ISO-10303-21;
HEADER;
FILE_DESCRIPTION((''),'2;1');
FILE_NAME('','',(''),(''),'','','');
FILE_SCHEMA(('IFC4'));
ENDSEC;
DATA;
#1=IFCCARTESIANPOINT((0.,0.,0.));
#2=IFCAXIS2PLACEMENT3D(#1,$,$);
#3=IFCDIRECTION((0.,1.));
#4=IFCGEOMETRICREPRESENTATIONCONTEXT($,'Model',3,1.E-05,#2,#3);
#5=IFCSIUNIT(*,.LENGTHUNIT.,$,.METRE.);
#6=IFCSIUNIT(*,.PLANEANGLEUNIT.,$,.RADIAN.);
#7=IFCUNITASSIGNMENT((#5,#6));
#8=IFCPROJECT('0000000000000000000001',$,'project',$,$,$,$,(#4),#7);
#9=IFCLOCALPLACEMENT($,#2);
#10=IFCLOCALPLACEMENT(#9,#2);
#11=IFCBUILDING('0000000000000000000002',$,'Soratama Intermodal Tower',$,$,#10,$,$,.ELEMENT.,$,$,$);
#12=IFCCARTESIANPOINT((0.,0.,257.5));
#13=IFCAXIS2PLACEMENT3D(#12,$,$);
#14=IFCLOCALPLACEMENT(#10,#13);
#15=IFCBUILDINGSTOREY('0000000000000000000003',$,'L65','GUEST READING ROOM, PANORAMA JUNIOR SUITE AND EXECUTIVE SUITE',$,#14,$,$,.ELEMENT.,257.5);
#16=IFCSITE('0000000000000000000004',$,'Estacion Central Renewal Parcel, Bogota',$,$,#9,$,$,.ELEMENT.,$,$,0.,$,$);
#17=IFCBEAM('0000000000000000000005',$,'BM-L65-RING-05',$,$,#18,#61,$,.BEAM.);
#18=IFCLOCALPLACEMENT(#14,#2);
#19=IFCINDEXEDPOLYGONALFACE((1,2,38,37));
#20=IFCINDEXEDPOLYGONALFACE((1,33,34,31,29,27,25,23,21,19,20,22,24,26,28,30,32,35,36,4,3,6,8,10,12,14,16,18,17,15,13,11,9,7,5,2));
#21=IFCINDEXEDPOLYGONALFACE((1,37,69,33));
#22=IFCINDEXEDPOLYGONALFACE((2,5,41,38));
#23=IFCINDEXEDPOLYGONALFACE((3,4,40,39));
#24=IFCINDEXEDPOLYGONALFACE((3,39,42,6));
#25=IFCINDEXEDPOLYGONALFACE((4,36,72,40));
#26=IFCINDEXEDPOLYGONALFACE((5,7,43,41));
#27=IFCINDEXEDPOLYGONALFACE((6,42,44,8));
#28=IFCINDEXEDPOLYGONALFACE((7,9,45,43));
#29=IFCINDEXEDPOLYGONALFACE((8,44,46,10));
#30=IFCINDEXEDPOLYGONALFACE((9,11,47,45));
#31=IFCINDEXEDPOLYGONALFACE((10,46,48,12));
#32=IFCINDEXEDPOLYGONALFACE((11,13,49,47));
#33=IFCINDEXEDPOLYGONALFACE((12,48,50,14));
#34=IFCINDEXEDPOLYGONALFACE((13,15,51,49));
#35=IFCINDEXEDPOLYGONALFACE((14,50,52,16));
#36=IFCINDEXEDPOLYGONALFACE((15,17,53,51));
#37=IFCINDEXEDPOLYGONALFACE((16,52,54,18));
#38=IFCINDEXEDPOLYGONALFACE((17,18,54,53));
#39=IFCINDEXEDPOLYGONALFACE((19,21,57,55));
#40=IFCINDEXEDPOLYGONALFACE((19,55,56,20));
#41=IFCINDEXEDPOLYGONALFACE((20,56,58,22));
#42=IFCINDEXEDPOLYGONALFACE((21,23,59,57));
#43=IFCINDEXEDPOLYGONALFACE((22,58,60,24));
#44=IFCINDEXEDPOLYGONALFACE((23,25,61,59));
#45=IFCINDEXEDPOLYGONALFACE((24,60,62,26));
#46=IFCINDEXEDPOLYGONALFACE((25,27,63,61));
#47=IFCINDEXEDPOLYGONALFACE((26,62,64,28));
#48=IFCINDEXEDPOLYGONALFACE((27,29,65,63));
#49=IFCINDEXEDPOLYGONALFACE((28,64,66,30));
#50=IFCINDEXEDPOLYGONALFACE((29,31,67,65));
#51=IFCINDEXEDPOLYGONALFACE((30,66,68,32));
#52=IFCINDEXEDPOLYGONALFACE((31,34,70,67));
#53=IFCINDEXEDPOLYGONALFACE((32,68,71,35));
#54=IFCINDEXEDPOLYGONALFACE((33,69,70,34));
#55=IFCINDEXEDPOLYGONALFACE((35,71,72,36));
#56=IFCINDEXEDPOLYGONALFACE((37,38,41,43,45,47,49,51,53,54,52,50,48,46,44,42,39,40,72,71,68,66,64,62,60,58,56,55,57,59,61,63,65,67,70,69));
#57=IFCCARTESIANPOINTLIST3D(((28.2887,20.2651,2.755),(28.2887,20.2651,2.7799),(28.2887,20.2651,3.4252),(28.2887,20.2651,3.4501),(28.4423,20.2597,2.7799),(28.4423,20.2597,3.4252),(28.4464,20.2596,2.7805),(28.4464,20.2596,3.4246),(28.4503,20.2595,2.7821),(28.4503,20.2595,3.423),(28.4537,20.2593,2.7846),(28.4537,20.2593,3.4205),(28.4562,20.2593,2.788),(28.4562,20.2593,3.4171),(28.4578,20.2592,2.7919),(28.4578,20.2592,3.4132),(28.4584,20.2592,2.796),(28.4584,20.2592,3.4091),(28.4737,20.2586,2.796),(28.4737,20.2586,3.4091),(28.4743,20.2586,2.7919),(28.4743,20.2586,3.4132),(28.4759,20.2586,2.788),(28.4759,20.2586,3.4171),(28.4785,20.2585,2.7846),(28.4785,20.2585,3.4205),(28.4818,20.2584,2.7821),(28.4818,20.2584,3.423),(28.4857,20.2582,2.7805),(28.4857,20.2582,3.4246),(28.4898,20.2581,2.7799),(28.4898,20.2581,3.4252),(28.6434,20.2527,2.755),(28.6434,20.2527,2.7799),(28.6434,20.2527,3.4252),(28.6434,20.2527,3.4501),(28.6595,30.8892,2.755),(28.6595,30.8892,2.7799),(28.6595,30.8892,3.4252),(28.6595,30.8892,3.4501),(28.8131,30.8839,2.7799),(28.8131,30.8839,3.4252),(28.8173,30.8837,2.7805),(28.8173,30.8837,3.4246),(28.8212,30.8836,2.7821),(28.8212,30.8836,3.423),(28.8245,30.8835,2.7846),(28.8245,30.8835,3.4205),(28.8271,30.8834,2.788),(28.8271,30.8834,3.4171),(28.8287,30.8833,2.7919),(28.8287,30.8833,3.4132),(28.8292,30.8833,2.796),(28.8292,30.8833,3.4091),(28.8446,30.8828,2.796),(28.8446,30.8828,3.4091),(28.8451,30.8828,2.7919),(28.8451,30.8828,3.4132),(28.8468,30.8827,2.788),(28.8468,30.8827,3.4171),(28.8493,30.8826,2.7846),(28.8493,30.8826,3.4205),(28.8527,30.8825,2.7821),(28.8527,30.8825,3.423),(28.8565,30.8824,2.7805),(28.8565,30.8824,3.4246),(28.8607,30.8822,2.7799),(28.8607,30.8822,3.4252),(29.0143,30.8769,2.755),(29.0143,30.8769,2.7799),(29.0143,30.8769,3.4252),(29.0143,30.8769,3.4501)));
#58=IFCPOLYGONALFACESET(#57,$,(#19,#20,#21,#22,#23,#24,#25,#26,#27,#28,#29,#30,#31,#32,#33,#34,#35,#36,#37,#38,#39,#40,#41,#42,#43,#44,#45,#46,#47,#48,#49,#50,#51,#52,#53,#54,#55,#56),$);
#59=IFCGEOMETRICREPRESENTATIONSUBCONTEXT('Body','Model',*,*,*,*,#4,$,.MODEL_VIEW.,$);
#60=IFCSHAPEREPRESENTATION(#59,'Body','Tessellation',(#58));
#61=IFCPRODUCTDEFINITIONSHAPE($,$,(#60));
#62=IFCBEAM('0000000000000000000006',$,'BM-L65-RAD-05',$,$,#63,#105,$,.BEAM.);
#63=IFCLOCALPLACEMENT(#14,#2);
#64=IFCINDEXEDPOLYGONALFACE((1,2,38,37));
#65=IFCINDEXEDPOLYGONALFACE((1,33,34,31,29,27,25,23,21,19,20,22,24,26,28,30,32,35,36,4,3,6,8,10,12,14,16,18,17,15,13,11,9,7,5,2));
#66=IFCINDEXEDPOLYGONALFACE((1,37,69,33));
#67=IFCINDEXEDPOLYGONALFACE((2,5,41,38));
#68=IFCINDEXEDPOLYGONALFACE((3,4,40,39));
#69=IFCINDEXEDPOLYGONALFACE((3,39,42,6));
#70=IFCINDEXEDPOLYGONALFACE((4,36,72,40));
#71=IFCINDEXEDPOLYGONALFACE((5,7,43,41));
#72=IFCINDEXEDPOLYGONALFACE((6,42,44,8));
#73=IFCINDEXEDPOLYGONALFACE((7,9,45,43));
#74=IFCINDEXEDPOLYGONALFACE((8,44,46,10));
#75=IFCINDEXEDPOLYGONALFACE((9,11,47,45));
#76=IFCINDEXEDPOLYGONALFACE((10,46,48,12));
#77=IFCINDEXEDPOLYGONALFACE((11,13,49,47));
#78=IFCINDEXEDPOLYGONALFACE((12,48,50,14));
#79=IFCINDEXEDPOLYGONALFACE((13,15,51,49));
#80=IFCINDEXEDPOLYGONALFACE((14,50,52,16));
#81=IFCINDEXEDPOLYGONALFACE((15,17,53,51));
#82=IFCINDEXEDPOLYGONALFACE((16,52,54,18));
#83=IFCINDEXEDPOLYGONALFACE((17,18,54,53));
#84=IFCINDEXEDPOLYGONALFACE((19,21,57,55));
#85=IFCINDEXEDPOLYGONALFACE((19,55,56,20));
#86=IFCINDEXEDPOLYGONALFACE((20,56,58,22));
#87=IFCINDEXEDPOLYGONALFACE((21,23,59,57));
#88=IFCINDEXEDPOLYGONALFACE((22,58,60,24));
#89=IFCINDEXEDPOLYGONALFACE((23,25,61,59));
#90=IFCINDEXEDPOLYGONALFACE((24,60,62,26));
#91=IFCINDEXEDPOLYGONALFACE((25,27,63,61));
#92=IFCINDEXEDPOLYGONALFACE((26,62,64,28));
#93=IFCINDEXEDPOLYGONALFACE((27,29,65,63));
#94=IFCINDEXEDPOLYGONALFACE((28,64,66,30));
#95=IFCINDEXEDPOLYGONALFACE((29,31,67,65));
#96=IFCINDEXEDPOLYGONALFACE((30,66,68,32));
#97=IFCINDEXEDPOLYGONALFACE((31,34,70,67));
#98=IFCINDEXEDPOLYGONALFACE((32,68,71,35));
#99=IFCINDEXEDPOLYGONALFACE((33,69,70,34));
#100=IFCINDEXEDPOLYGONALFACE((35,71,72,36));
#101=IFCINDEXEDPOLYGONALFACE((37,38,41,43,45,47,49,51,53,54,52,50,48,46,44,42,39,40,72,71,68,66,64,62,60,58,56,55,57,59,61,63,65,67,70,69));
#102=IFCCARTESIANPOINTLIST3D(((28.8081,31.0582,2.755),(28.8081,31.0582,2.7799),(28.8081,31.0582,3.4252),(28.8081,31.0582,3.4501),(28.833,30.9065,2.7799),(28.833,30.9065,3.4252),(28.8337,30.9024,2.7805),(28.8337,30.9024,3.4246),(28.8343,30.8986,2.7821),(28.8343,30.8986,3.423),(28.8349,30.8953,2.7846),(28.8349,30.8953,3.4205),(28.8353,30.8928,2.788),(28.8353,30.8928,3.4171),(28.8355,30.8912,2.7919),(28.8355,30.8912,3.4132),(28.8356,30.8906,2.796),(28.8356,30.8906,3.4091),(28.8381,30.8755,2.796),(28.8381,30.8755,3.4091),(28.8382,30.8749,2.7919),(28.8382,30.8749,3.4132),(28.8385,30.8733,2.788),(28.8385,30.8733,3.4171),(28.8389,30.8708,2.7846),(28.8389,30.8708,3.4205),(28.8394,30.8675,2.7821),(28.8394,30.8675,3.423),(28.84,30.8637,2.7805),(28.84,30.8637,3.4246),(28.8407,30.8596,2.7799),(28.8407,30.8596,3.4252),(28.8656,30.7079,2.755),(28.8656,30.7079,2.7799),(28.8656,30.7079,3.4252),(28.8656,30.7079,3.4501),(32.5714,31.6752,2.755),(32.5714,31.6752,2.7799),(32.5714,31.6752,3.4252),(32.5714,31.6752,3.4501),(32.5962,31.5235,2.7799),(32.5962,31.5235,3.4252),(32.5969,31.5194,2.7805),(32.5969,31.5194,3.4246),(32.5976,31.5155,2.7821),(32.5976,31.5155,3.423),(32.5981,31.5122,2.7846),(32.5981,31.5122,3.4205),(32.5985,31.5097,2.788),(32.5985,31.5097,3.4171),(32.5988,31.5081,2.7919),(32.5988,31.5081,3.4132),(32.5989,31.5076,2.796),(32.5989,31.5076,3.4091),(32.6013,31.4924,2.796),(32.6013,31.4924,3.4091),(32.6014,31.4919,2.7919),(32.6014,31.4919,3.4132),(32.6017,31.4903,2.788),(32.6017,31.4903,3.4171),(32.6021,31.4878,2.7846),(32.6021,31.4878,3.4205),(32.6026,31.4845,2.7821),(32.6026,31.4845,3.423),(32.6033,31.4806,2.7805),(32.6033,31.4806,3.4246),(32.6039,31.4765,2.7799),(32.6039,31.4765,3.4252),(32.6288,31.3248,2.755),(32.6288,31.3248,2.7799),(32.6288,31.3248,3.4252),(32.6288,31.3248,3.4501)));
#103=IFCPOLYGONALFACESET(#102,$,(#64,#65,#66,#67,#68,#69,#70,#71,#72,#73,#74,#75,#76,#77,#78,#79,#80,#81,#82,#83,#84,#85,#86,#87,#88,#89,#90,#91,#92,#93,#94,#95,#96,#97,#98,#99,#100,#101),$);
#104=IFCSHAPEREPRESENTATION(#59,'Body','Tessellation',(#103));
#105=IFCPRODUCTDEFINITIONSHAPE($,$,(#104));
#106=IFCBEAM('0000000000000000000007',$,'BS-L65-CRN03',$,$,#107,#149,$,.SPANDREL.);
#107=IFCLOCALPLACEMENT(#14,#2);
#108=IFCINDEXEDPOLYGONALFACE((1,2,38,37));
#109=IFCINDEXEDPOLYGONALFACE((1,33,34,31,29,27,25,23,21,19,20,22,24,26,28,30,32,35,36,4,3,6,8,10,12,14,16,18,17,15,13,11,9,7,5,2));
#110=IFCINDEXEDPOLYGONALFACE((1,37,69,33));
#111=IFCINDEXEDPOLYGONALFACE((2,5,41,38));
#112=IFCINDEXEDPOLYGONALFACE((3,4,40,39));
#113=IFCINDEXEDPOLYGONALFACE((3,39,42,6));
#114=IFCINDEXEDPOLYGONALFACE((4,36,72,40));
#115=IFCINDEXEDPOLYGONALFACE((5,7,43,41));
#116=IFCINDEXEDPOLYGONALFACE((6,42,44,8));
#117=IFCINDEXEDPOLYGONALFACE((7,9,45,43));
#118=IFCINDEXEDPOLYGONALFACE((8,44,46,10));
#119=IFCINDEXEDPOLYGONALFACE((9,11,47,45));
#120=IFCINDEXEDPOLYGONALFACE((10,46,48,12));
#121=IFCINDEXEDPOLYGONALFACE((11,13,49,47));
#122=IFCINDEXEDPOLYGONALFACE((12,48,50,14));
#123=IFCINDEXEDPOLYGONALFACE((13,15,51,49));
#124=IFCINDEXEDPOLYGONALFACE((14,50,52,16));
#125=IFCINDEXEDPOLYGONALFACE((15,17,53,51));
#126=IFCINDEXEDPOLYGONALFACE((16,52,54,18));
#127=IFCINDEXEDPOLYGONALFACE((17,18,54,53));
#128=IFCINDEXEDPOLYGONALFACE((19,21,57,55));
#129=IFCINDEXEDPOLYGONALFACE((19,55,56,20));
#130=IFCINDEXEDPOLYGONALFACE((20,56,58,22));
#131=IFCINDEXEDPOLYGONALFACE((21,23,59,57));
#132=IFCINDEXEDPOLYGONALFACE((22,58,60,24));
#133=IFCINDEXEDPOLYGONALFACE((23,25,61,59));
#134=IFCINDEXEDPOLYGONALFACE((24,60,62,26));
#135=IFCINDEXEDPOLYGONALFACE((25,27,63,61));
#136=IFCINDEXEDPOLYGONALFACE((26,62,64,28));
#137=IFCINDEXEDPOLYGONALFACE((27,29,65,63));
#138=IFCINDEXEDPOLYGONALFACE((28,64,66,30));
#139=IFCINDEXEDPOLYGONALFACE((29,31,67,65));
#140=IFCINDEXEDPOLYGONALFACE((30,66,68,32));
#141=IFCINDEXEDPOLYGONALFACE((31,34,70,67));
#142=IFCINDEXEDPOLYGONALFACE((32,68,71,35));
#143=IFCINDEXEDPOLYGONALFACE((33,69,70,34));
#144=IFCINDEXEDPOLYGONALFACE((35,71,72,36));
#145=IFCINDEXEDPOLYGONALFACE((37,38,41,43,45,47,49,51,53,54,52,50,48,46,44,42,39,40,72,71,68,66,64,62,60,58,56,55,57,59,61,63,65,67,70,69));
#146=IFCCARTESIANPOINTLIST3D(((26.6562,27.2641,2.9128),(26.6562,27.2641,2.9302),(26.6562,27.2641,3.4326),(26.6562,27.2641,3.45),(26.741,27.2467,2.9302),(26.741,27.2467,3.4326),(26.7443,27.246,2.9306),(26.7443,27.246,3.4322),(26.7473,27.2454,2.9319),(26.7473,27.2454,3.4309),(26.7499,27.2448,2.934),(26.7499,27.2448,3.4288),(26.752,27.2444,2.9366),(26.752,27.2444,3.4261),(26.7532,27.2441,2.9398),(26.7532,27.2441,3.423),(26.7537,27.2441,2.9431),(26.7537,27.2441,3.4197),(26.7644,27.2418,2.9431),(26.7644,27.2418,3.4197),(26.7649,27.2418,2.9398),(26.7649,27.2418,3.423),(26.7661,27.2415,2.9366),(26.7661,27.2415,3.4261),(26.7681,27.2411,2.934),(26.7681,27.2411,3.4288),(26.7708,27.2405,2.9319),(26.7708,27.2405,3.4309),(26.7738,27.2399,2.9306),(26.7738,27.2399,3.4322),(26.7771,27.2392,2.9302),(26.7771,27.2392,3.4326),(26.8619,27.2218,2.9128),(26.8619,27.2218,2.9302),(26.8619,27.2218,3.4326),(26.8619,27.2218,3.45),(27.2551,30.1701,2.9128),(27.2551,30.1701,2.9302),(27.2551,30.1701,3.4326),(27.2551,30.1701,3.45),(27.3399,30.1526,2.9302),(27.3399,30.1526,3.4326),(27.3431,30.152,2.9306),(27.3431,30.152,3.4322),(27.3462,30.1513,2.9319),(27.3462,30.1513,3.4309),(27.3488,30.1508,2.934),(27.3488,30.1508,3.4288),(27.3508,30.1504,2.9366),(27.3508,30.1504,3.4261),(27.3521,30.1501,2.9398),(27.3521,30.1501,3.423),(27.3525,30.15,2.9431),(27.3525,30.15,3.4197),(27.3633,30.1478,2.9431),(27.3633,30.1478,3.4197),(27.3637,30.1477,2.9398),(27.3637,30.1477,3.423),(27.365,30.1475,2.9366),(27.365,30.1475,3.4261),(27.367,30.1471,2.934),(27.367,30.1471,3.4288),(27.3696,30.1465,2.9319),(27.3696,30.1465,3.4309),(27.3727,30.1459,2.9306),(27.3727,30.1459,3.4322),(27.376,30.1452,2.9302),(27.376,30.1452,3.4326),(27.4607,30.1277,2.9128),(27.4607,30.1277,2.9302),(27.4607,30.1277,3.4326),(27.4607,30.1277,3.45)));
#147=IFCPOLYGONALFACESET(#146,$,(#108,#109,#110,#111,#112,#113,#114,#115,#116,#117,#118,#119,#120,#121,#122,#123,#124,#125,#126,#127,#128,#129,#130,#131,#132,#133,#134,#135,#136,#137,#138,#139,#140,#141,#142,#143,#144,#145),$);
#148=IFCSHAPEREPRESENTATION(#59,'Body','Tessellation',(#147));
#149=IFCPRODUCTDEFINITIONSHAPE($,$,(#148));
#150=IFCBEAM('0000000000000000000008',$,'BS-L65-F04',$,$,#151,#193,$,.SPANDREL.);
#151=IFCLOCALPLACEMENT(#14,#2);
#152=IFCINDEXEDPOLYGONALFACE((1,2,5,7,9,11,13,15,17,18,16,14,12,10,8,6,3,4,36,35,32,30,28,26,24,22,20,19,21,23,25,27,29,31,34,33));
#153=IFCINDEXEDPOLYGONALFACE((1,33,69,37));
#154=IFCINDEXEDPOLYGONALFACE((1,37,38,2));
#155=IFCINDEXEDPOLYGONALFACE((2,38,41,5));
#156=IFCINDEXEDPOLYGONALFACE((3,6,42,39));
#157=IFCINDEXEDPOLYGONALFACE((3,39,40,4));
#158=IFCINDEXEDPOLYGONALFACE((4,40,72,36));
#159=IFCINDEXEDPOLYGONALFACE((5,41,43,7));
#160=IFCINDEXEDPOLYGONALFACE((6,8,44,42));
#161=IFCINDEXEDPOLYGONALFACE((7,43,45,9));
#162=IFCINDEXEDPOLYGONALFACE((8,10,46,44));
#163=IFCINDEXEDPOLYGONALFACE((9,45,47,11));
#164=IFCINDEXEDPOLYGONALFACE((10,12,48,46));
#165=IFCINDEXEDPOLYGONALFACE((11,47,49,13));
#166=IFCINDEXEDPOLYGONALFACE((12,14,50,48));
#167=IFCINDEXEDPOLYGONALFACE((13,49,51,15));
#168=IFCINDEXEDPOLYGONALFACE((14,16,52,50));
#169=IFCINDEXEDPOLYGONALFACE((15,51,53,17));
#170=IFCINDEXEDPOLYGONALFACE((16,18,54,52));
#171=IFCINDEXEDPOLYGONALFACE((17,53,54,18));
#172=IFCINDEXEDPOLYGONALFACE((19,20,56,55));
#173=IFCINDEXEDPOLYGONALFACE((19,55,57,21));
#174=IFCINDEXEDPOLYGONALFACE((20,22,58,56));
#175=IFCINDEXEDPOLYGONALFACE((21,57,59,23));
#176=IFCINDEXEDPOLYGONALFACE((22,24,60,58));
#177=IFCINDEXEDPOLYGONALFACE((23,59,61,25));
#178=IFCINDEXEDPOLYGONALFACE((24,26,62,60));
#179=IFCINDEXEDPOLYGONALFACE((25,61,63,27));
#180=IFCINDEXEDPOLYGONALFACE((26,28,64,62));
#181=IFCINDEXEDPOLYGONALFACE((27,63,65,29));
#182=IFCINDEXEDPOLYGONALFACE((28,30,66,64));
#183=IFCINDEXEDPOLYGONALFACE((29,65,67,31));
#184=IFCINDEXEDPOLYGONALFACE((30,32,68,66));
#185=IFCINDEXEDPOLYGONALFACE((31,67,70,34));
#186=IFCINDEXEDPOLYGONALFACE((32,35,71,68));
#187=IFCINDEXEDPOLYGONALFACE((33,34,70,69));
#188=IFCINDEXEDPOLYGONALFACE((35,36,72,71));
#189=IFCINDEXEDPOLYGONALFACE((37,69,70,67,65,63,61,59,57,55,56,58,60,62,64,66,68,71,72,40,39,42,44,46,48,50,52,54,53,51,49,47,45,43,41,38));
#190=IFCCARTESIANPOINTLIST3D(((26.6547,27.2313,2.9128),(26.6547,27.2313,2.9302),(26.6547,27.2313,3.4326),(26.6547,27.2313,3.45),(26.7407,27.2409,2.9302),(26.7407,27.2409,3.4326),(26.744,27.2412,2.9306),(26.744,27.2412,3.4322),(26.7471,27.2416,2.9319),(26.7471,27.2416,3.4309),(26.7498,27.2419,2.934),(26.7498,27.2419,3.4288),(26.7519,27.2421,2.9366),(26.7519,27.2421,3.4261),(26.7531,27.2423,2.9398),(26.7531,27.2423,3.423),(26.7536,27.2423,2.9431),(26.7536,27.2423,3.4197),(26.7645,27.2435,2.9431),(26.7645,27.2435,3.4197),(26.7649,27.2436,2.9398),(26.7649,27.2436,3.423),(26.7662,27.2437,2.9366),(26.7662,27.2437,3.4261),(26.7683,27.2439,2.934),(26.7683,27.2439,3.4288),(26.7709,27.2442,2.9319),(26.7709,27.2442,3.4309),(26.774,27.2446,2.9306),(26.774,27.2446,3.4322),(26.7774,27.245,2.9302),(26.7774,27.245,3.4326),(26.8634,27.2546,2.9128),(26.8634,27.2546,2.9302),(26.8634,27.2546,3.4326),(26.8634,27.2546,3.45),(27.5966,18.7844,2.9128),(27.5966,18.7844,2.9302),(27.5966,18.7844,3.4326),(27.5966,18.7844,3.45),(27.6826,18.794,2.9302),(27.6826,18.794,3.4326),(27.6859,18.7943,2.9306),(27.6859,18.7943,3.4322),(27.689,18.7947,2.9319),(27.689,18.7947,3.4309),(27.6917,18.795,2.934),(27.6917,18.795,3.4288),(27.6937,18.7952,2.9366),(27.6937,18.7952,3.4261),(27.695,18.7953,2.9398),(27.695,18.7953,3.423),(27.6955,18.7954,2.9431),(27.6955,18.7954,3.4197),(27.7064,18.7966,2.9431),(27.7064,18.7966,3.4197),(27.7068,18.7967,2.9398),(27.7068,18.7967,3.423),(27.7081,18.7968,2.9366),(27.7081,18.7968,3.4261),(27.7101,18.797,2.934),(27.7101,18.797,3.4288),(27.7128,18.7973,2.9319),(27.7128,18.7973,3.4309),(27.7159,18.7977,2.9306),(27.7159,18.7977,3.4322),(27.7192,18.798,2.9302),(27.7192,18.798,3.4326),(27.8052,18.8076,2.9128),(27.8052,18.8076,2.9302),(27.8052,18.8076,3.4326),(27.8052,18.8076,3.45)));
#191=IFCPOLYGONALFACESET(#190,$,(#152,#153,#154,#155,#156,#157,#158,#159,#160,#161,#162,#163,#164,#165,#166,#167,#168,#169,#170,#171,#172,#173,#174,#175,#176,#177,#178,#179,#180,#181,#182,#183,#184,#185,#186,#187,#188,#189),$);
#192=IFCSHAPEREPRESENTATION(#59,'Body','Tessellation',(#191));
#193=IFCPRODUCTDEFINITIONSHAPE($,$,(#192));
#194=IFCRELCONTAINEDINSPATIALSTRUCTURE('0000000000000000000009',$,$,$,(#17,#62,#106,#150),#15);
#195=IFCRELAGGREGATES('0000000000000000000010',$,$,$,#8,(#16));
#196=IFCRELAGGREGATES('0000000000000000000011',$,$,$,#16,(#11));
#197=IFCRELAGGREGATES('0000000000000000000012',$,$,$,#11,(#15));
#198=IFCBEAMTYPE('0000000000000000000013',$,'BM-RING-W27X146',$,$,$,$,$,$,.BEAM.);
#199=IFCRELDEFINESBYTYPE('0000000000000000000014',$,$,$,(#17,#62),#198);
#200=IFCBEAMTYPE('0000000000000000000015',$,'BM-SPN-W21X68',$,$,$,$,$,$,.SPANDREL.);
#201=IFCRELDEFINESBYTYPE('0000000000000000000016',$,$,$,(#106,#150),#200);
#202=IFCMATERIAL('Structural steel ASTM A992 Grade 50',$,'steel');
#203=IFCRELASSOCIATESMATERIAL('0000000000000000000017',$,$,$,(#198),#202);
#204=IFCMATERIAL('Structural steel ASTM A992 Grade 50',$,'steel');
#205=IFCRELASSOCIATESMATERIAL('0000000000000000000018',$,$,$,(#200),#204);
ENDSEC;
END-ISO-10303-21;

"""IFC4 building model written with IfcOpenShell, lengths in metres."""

from ifc_helpers import new_model, si_unit, direction, frame, origin, origin_2d, place, context, subcontext, project, spatial, i_section, extrude, material, material_profile, profile_set, type_object, element, save


model = new_model("IFC4")

# Units and contexts
model_context = context("Model", 3, precision=1e-05, world=origin(), true_north=direction((0.0, 1.0)))
body_context = subcontext(model_context, "Body", "Model", "MODEL_VIEW")
ifc_project = project(units=[si_unit("LENGTHUNIT", "METRE"), si_unit("PLANEANGLEUNIT", "RADIAN")], contexts=[model_context])

# Site, building, storey
site_placement = place(None, origin())
site = spatial("IfcSite", under=ifc_project, at=site_placement, Name="Estacion Central Renewal Parcel, Bogota", CompositionType="ELEMENT", RefElevation=0.0)
building_placement = place(site_placement, origin())
building = spatial("IfcBuilding", under=site, at=building_placement, Name="Soratama Intermodal Tower", CompositionType="ELEMENT")
storey_placement = place(building_placement, frame((0.0, 0.0, 257.5)))
storey = spatial("IfcBuildingStorey", under=building, at=storey_placement, Name="L65", Description="GUEST READING ROOM, PANORAMA JUNIOR SUITE AND EXECUTIVE SUITE", CompositionType="ELEMENT", Elevation=257.5)

# Beams
ifc_material_1 = material(Name="Structural steel ASTM A992 Grade 50", Category="steel")
ifc_material_profile_1 = material_profile(ifc_material_1, i_section(OverallWidth=0.355, OverallDepth=0.6951, WebThickness=0.0154, FlangeThickness=0.0249, FilletRadius=0.0161, at=origin_2d()), Name="W27X146")
ifc_profile_set_1 = profile_set([ifc_material_profile_1], Name="Structural steel ASTM A992 Grade 50")
beam_type_1 = type_object("IfcBeamType", Name="BM-RING-W27X146", PredefinedType="BEAM", material=ifc_profile_set_1)
beam_1_placement = place(storey_placement, frame((28.8369, 30.8831, 3.1025), z_axis=(-0.034885, -0.999391, 0.0), x_axis=(0.999391, -0.034885, 0.0)))
element("IfcBeam", 1, at=beam_1_placement, inside=storey, type_object=beam_type_1, Name="BM-L65-RING-05", PredefinedType="BEAM", context=body_context, shape_type="SweptSolid", body=[
    extrude(i_section(OverallWidth=0.355, OverallDepth=0.6951, WebThickness=0.0154, FlangeThickness=0.0249, FilletRadius=0.0161, at=origin_2d()), origin(), (0.0, 0.0, 1.0), 10.6306),
])
beam_2_placement = place(storey_placement, frame((32.6001, 31.5, 3.1025), z_axis=(-0.986826, -0.161782, 0.0), x_axis=(0.161782, -0.986826, 0.0)))
element("IfcBeam", 2, at=beam_2_placement, inside=storey, type_object=beam_type_1, Name="BM-L65-RAD-05", PredefinedType="BEAM", context=body_context, shape_type="SweptSolid", body=[
    extrude(i_section(OverallWidth=0.355, OverallDepth=0.6951, WebThickness=0.0154, FlangeThickness=0.0249, FilletRadius=0.0161, at=origin_2d()), origin(), (0.0, 0.0, 1.0), 3.8135),
])
ifc_material_2 = material(Name="Structural steel ASTM A992 Grade 50", Category="steel")
ifc_material_profile_2 = material_profile(ifc_material_2, i_section(OverallWidth=0.21, OverallDepth=0.5371, WebThickness=0.011, FlangeThickness=0.0173, FilletRadius=0.0129, at=origin_2d()), Name="W21X68")
ifc_profile_set_2 = profile_set([ifc_material_profile_2], Name="Structural steel ASTM A992 Grade 50")
beam_type_2 = type_object("IfcBeamType", Name="BM-SPN-W21X68", PredefinedType="SPANDREL", material=ifc_profile_set_2)
beam_3_placement = place(storey_placement, frame((27.3579, 30.1489, 3.1814), z_axis=(-0.201841, -0.979418, 0.0), x_axis=(0.979418, -0.201841, 0.0)))
element("IfcBeam", 3, at=beam_3_placement, inside=storey, type_object=beam_type_2, Name="BS-L65-CRN03", PredefinedType="SPANDREL", context=body_context, shape_type="SweptSolid", body=[
    extrude(i_section(OverallWidth=0.21, OverallDepth=0.5371, WebThickness=0.011, FlangeThickness=0.0173, FilletRadius=0.0129, at=origin_2d()), origin(), (0.0, 0.0, 1.0), 2.967),
])
beam_4_placement = place(storey_placement, frame((26.759, 27.2429, 3.1814), z_axis=(0.110819, -0.993841, 0.0), x_axis=(0.993841, 0.110819, 0.0)))
element("IfcBeam", 4, at=beam_4_placement, inside=storey, type_object=beam_type_2, Name="BS-L65-F04", PredefinedType="SPANDREL", context=body_context, shape_type="SweptSolid", body=[
    extrude(i_section(OverallWidth=0.21, OverallDepth=0.5371, WebThickness=0.011, FlangeThickness=0.0173, FilletRadius=0.0129, at=origin_2d()), origin(), (0.0, 0.0, 1.0), 8.4993),
])

save(model, "model.ifc")
